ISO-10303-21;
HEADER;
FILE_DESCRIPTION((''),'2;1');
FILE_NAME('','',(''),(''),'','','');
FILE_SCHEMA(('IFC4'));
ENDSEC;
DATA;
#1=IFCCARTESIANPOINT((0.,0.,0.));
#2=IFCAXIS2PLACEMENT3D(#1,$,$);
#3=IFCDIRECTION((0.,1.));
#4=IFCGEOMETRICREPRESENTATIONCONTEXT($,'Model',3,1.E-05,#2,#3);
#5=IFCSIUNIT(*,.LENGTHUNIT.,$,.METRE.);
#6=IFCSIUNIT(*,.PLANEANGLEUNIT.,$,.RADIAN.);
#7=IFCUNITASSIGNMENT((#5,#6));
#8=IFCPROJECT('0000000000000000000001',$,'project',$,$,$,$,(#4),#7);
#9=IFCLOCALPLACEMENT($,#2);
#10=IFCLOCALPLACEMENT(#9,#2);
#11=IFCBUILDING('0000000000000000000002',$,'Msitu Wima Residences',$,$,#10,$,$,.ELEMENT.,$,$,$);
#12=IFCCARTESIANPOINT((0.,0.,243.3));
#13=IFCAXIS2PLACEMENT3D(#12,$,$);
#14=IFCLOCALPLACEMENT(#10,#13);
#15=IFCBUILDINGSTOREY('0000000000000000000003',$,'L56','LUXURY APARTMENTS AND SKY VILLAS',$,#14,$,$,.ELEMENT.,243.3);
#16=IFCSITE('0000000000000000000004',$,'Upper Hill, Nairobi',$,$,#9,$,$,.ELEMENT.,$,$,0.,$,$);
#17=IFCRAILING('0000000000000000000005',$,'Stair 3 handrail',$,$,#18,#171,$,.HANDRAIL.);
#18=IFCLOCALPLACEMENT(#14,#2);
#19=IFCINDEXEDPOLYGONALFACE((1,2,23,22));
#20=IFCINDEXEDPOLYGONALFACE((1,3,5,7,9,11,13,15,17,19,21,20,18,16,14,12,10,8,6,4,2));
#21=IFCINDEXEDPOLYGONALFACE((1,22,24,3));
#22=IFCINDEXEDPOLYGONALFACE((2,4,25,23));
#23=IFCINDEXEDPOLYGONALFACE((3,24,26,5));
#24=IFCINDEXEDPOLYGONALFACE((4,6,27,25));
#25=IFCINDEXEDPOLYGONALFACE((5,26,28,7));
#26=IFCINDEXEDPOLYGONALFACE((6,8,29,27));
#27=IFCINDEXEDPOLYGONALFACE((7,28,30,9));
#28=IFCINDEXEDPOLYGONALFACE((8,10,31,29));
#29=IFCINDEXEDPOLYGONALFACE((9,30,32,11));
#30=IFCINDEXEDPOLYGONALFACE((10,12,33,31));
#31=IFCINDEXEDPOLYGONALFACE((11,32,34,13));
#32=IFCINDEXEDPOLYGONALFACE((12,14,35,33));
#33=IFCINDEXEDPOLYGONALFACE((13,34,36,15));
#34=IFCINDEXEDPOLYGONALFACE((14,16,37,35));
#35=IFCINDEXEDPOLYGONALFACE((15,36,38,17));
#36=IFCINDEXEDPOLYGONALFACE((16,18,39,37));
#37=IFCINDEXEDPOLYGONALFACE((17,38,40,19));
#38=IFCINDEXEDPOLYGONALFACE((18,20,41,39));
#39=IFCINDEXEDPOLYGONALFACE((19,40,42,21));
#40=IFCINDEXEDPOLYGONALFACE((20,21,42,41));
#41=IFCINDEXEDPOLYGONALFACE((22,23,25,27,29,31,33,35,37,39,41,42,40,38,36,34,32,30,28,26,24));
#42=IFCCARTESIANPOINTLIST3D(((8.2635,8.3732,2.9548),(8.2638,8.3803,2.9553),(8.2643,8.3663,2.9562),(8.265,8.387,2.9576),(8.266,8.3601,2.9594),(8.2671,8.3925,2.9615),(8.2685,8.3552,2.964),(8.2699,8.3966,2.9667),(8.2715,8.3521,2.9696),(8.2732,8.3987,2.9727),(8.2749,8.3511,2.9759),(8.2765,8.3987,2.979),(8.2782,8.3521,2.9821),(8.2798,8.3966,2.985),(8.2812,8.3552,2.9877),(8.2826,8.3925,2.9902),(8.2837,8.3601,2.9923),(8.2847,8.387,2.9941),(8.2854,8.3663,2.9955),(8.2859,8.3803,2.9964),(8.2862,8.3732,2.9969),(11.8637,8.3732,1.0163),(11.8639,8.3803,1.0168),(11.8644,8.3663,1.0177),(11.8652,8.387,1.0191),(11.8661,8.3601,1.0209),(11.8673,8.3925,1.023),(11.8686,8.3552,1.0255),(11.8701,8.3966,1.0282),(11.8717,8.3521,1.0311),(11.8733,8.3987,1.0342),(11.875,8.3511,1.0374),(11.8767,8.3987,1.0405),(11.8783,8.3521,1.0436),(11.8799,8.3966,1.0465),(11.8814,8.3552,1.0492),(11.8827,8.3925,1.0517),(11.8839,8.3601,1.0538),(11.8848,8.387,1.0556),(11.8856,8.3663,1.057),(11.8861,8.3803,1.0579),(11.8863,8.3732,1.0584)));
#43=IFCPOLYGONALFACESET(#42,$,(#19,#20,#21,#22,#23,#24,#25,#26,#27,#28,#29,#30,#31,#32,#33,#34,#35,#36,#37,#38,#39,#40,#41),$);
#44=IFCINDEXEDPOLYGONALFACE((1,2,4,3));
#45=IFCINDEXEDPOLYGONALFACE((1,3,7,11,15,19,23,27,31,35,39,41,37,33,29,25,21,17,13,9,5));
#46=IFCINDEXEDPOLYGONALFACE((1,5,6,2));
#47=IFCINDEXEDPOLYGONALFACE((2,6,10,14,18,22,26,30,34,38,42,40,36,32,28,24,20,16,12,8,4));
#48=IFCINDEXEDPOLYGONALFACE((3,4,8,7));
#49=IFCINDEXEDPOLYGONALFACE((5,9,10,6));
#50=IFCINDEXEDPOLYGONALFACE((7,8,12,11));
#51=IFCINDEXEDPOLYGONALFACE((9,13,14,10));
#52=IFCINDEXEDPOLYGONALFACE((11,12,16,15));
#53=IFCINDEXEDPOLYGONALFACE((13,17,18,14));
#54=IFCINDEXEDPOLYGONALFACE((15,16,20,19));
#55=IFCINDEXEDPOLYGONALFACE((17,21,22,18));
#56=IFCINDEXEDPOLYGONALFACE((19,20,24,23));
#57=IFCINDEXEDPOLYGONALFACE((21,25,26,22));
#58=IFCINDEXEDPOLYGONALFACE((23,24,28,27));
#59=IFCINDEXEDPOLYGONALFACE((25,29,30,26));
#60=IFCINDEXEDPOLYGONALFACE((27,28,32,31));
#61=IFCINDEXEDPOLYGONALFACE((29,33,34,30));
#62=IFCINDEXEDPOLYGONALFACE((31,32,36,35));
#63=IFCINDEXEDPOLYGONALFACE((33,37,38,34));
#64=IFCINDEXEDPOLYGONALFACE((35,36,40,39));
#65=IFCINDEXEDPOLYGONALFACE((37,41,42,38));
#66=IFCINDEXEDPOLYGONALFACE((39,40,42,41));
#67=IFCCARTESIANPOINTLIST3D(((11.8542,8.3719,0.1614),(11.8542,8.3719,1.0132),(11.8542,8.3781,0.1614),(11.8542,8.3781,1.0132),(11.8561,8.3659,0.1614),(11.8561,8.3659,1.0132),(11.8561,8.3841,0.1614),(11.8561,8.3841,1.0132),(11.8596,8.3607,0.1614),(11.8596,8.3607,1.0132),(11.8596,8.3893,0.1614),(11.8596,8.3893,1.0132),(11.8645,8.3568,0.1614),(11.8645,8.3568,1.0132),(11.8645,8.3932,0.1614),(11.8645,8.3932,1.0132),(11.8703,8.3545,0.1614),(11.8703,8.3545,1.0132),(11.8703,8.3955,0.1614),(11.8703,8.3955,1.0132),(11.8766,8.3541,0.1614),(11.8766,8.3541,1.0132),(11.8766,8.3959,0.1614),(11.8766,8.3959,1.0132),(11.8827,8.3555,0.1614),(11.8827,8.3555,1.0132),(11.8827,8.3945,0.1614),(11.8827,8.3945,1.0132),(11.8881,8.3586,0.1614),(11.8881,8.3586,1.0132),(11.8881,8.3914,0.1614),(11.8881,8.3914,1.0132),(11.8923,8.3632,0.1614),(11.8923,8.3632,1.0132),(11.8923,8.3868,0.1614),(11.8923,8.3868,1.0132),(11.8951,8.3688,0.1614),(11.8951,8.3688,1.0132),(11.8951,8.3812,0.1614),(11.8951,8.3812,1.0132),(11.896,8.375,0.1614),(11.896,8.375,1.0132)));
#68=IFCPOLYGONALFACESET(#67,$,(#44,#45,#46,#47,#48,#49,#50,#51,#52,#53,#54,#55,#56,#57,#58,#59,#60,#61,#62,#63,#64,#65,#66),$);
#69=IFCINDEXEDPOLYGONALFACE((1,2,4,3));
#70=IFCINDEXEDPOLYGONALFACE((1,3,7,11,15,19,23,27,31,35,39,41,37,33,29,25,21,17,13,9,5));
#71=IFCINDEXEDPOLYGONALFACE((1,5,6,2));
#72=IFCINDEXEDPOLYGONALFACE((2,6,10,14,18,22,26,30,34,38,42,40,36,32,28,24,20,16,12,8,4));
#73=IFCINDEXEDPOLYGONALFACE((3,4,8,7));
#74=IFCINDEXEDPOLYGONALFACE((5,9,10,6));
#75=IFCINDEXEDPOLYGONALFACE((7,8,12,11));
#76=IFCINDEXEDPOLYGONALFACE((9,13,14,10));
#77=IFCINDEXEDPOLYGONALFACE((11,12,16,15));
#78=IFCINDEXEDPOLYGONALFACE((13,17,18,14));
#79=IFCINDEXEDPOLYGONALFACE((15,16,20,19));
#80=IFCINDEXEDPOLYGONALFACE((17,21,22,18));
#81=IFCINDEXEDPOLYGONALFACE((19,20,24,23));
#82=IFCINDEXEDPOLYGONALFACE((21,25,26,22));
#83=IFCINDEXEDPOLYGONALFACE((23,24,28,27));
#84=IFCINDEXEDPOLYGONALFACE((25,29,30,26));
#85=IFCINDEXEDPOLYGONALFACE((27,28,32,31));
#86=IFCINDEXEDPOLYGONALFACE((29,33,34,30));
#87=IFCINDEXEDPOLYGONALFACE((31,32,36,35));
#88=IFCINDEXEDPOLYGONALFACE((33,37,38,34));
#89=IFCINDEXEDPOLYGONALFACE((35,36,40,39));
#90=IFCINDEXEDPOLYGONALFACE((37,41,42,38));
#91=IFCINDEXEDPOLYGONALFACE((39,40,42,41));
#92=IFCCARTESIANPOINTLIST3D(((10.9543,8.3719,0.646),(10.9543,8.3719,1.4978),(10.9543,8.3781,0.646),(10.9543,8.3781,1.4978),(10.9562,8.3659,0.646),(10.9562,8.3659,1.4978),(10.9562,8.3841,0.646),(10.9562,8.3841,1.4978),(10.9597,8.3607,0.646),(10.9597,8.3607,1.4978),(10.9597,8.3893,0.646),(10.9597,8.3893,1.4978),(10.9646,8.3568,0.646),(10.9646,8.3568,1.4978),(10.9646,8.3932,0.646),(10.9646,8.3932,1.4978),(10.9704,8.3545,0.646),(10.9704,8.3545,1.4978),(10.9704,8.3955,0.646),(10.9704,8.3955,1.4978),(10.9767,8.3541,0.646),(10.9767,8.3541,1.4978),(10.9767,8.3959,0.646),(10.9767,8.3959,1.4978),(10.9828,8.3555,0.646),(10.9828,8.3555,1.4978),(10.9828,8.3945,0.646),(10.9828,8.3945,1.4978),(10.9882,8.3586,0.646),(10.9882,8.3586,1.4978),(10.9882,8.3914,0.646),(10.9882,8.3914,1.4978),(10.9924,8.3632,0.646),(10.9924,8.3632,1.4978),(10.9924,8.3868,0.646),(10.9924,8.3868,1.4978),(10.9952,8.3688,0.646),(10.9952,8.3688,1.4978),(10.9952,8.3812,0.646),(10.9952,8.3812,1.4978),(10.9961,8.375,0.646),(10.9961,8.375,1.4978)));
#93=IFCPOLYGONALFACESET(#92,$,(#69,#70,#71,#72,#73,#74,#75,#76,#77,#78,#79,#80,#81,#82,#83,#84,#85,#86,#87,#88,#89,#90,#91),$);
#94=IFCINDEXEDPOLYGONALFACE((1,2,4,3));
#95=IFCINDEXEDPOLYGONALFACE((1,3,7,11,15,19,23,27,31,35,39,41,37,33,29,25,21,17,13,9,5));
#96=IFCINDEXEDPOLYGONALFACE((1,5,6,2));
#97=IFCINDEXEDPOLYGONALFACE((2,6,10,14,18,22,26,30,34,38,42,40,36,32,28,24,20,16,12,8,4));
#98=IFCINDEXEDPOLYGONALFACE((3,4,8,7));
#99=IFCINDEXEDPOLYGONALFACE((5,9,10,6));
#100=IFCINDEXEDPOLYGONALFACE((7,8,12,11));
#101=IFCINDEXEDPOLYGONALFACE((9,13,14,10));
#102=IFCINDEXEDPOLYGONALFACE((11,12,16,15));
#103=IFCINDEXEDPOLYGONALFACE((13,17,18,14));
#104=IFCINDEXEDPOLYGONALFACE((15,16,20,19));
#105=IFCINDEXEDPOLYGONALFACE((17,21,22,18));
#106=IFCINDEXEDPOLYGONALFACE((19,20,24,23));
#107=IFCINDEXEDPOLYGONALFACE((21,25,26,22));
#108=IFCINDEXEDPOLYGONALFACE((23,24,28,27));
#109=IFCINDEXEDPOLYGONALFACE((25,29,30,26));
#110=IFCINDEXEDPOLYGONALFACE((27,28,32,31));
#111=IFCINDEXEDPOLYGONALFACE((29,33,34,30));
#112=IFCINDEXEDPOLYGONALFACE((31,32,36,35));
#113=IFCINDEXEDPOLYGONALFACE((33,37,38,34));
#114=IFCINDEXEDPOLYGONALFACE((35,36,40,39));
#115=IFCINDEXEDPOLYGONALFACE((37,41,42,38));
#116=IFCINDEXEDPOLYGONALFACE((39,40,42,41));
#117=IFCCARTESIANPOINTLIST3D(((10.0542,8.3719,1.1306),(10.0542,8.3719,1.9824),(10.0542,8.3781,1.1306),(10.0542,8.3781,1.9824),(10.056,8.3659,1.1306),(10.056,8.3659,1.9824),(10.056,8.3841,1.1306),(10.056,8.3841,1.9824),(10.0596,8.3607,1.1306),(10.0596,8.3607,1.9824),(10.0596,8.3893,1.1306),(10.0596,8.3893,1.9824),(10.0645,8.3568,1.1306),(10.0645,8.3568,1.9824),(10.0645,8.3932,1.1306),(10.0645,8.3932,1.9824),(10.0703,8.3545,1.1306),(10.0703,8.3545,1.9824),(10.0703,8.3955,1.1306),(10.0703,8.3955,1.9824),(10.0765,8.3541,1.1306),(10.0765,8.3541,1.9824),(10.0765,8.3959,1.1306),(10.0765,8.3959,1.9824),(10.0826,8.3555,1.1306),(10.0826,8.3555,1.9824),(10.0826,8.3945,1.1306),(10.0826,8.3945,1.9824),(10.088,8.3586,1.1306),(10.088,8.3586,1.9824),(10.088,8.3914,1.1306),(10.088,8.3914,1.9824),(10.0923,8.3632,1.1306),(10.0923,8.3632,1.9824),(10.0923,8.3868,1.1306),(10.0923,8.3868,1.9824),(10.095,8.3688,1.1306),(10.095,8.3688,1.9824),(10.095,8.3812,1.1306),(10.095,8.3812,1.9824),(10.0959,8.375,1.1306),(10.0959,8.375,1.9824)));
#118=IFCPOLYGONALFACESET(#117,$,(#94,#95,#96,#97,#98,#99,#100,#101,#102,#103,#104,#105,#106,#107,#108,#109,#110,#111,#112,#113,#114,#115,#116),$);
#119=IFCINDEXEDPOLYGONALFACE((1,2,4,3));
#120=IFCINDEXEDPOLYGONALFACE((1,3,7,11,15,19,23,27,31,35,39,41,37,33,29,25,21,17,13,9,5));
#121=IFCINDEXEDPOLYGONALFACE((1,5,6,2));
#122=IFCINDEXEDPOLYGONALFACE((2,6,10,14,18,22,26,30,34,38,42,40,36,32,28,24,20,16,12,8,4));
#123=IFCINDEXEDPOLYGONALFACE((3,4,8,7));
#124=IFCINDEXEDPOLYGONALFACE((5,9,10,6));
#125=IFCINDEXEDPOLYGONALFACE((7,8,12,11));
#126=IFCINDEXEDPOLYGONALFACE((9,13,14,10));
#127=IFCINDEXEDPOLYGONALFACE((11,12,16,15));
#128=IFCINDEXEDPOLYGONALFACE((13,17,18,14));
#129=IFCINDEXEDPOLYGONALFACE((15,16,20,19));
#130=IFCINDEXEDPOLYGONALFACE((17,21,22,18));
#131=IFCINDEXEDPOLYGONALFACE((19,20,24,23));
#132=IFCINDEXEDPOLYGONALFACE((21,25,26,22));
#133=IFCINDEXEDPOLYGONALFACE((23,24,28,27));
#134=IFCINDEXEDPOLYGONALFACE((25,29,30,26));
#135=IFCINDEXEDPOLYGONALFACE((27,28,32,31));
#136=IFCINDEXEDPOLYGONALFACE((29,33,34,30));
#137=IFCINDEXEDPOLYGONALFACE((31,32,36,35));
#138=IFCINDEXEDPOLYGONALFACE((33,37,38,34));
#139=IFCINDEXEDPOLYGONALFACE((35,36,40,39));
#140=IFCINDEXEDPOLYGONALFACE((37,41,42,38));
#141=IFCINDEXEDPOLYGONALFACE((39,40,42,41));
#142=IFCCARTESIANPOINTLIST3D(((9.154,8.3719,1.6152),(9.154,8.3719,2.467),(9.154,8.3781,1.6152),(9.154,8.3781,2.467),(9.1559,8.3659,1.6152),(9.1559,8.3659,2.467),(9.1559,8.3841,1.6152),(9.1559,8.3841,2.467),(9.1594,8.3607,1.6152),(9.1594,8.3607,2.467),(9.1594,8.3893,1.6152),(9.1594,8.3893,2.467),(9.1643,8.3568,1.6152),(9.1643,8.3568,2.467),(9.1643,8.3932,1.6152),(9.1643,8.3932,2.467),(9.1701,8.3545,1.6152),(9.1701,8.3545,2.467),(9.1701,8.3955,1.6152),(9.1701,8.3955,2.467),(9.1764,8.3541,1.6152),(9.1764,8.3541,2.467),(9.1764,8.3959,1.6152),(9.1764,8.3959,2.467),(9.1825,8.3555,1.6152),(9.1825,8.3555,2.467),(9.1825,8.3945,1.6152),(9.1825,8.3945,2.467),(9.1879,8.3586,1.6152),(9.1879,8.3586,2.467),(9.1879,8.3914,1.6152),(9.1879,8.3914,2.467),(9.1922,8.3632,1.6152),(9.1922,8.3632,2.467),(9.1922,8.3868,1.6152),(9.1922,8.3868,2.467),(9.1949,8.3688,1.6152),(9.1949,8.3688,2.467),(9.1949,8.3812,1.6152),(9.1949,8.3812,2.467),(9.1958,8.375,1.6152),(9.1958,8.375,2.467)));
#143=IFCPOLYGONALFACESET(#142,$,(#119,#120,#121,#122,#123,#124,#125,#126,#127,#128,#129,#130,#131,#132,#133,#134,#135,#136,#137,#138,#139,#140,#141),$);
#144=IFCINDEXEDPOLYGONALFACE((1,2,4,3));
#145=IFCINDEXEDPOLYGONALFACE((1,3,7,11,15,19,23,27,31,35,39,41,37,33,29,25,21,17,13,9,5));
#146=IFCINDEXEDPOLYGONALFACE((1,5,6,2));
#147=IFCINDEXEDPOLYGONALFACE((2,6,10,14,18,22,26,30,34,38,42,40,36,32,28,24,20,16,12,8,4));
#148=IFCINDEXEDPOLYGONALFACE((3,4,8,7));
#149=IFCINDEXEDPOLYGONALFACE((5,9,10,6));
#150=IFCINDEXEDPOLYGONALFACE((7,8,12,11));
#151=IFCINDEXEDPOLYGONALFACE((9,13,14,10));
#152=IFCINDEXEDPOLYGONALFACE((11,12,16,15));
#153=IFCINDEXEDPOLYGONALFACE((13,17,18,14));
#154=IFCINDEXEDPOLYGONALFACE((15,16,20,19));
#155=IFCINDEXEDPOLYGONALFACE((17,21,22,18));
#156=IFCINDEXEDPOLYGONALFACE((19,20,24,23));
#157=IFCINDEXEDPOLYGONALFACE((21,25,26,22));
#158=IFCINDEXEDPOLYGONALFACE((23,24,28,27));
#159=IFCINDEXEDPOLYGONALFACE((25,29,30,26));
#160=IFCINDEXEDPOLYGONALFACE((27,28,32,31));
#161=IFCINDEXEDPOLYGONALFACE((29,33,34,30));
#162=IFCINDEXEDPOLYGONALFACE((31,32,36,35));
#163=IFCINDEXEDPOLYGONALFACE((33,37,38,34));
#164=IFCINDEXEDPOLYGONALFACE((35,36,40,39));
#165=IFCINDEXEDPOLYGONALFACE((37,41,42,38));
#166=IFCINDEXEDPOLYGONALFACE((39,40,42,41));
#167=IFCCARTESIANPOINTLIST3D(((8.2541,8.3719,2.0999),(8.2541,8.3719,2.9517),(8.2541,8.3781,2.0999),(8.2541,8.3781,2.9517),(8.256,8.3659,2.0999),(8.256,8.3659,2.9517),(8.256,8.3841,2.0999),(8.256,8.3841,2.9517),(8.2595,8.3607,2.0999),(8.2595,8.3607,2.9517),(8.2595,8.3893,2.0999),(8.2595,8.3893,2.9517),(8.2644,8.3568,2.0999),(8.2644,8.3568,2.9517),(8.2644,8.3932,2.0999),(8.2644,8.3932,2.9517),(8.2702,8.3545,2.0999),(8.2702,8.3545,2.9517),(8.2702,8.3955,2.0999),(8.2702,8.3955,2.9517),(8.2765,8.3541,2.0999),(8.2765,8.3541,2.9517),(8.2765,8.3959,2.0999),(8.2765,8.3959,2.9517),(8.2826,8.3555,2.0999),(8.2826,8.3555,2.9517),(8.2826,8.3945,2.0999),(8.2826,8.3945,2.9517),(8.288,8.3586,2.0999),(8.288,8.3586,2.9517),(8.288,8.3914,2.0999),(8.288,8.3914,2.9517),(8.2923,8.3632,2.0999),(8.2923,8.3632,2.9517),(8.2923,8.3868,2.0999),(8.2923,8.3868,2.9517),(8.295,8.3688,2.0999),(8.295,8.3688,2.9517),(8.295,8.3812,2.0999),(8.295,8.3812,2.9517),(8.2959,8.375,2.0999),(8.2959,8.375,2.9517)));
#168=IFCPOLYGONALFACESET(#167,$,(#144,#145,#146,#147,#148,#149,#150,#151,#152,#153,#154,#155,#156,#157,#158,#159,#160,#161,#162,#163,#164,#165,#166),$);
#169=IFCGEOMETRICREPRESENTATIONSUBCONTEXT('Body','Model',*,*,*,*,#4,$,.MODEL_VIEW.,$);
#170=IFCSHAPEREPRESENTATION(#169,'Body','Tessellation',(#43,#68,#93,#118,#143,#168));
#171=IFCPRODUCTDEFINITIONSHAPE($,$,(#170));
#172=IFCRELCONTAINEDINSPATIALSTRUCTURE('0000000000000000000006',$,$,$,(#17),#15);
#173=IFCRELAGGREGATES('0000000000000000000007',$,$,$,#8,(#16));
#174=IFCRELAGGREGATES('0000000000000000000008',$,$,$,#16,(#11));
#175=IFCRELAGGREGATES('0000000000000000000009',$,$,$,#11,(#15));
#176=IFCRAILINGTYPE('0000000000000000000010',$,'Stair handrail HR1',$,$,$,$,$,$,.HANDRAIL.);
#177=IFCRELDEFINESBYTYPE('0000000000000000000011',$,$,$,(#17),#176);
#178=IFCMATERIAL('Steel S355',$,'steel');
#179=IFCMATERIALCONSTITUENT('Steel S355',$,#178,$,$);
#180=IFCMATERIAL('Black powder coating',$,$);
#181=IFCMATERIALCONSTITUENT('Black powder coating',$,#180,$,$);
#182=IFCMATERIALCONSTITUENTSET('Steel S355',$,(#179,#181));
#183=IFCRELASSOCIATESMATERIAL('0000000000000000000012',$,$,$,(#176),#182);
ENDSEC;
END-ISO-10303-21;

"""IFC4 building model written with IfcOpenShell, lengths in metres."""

from ifc_helpers import new_model, si_unit, direction, frame, origin, origin_2d, place, context, subcontext, project, spatial, circle, extrude, material, constituent, constituent_set, type_object, element, save


model = new_model("IFC4")

# Units and contexts
model_context = context("Model", 3, precision=1e-05, world=origin(), true_north=direction((0.0, 1.0)))
body_context = subcontext(model_context, "Body", "Model", "MODEL_VIEW")
ifc_project = project(units=[si_unit("LENGTHUNIT", "METRE"), si_unit("PLANEANGLEUNIT", "RADIAN")], contexts=[model_context])

# Site, building, storey
site_placement = place(None, origin())
site = spatial("IfcSite", under=ifc_project, at=site_placement, Name="Upper Hill, Nairobi", CompositionType="ELEMENT", RefElevation=0.0)
building_placement = place(site_placement, origin())
building = spatial("IfcBuilding", under=site, at=building_placement, Name="Msitu Wima Residences", CompositionType="ELEMENT")
storey_placement = place(building_placement, frame((0.0, 0.0, 243.3)))
storey = spatial("IfcBuildingStorey", under=building, at=storey_placement, Name="L56", Description="LUXURY APARTMENTS AND SKY VILLAS", CompositionType="ELEMENT", Elevation=243.3)

# Railing
ifc_material_1 = material(Name="Steel S355", Category="steel")
ifc_constituent_1 = constituent(ifc_material_1, Name="Steel S355")
ifc_material_2 = material(Name="Black powder coating")
ifc_constituent_2 = constituent(ifc_material_2, Name="Black powder coating")
ifc_constituent_set = constituent_set(constituents=[ifc_constituent_1, ifc_constituent_2], Name="Steel S355")
railing_type = type_object("IfcRailingType", Name="Stair handrail HR1", PredefinedType="HANDRAIL", material=ifc_constituent_set)
for number, where, name in (
    (1, (11.875, 8.375, 0.1614), "Stair 3 handrail"),
):
    element("IfcRailing", number, at=place(storey_placement, frame(where)), inside=storey, type_object=railing_type, Name=name, PredefinedType="HANDRAIL", context=body_context, shape_type="SweptSolid", body=[
        extrude(circle(Radius=0.0239, at=origin_2d()), frame((0.0, 0.0, 0.876), z_axis=(-0.880475, 0.0, 0.474093), x_axis=(0.0, -1.0, 0.0)), (0.0, 0.0, 1.0), 4.0889),
        extrude(circle(Radius=0.021, at=origin_2d()), origin(), (0.0, 0.0, 1.0), 0.8518),
        extrude(circle(Radius=0.021, at=origin_2d()), frame((-0.8999, 0.0, 0.4846)), (0.0, 0.0, 1.0), 0.8518),
        extrude(circle(Radius=0.021, at=origin_2d()), frame((-1.8, 0.0, 0.9692)), (0.0, 0.0, 1.0), 0.8518),
        extrude(circle(Radius=0.021, at=origin_2d()), frame((-2.7002, 0.0, 1.4539)), (0.0, 0.0, 1.0), 0.8518),
        extrude(circle(Radius=0.021, at=origin_2d()), frame((-3.6001, 0.0, 1.9385)), (0.0, 0.0, 1.0), 0.8518),
    ])

save(model, "model.ifc")
